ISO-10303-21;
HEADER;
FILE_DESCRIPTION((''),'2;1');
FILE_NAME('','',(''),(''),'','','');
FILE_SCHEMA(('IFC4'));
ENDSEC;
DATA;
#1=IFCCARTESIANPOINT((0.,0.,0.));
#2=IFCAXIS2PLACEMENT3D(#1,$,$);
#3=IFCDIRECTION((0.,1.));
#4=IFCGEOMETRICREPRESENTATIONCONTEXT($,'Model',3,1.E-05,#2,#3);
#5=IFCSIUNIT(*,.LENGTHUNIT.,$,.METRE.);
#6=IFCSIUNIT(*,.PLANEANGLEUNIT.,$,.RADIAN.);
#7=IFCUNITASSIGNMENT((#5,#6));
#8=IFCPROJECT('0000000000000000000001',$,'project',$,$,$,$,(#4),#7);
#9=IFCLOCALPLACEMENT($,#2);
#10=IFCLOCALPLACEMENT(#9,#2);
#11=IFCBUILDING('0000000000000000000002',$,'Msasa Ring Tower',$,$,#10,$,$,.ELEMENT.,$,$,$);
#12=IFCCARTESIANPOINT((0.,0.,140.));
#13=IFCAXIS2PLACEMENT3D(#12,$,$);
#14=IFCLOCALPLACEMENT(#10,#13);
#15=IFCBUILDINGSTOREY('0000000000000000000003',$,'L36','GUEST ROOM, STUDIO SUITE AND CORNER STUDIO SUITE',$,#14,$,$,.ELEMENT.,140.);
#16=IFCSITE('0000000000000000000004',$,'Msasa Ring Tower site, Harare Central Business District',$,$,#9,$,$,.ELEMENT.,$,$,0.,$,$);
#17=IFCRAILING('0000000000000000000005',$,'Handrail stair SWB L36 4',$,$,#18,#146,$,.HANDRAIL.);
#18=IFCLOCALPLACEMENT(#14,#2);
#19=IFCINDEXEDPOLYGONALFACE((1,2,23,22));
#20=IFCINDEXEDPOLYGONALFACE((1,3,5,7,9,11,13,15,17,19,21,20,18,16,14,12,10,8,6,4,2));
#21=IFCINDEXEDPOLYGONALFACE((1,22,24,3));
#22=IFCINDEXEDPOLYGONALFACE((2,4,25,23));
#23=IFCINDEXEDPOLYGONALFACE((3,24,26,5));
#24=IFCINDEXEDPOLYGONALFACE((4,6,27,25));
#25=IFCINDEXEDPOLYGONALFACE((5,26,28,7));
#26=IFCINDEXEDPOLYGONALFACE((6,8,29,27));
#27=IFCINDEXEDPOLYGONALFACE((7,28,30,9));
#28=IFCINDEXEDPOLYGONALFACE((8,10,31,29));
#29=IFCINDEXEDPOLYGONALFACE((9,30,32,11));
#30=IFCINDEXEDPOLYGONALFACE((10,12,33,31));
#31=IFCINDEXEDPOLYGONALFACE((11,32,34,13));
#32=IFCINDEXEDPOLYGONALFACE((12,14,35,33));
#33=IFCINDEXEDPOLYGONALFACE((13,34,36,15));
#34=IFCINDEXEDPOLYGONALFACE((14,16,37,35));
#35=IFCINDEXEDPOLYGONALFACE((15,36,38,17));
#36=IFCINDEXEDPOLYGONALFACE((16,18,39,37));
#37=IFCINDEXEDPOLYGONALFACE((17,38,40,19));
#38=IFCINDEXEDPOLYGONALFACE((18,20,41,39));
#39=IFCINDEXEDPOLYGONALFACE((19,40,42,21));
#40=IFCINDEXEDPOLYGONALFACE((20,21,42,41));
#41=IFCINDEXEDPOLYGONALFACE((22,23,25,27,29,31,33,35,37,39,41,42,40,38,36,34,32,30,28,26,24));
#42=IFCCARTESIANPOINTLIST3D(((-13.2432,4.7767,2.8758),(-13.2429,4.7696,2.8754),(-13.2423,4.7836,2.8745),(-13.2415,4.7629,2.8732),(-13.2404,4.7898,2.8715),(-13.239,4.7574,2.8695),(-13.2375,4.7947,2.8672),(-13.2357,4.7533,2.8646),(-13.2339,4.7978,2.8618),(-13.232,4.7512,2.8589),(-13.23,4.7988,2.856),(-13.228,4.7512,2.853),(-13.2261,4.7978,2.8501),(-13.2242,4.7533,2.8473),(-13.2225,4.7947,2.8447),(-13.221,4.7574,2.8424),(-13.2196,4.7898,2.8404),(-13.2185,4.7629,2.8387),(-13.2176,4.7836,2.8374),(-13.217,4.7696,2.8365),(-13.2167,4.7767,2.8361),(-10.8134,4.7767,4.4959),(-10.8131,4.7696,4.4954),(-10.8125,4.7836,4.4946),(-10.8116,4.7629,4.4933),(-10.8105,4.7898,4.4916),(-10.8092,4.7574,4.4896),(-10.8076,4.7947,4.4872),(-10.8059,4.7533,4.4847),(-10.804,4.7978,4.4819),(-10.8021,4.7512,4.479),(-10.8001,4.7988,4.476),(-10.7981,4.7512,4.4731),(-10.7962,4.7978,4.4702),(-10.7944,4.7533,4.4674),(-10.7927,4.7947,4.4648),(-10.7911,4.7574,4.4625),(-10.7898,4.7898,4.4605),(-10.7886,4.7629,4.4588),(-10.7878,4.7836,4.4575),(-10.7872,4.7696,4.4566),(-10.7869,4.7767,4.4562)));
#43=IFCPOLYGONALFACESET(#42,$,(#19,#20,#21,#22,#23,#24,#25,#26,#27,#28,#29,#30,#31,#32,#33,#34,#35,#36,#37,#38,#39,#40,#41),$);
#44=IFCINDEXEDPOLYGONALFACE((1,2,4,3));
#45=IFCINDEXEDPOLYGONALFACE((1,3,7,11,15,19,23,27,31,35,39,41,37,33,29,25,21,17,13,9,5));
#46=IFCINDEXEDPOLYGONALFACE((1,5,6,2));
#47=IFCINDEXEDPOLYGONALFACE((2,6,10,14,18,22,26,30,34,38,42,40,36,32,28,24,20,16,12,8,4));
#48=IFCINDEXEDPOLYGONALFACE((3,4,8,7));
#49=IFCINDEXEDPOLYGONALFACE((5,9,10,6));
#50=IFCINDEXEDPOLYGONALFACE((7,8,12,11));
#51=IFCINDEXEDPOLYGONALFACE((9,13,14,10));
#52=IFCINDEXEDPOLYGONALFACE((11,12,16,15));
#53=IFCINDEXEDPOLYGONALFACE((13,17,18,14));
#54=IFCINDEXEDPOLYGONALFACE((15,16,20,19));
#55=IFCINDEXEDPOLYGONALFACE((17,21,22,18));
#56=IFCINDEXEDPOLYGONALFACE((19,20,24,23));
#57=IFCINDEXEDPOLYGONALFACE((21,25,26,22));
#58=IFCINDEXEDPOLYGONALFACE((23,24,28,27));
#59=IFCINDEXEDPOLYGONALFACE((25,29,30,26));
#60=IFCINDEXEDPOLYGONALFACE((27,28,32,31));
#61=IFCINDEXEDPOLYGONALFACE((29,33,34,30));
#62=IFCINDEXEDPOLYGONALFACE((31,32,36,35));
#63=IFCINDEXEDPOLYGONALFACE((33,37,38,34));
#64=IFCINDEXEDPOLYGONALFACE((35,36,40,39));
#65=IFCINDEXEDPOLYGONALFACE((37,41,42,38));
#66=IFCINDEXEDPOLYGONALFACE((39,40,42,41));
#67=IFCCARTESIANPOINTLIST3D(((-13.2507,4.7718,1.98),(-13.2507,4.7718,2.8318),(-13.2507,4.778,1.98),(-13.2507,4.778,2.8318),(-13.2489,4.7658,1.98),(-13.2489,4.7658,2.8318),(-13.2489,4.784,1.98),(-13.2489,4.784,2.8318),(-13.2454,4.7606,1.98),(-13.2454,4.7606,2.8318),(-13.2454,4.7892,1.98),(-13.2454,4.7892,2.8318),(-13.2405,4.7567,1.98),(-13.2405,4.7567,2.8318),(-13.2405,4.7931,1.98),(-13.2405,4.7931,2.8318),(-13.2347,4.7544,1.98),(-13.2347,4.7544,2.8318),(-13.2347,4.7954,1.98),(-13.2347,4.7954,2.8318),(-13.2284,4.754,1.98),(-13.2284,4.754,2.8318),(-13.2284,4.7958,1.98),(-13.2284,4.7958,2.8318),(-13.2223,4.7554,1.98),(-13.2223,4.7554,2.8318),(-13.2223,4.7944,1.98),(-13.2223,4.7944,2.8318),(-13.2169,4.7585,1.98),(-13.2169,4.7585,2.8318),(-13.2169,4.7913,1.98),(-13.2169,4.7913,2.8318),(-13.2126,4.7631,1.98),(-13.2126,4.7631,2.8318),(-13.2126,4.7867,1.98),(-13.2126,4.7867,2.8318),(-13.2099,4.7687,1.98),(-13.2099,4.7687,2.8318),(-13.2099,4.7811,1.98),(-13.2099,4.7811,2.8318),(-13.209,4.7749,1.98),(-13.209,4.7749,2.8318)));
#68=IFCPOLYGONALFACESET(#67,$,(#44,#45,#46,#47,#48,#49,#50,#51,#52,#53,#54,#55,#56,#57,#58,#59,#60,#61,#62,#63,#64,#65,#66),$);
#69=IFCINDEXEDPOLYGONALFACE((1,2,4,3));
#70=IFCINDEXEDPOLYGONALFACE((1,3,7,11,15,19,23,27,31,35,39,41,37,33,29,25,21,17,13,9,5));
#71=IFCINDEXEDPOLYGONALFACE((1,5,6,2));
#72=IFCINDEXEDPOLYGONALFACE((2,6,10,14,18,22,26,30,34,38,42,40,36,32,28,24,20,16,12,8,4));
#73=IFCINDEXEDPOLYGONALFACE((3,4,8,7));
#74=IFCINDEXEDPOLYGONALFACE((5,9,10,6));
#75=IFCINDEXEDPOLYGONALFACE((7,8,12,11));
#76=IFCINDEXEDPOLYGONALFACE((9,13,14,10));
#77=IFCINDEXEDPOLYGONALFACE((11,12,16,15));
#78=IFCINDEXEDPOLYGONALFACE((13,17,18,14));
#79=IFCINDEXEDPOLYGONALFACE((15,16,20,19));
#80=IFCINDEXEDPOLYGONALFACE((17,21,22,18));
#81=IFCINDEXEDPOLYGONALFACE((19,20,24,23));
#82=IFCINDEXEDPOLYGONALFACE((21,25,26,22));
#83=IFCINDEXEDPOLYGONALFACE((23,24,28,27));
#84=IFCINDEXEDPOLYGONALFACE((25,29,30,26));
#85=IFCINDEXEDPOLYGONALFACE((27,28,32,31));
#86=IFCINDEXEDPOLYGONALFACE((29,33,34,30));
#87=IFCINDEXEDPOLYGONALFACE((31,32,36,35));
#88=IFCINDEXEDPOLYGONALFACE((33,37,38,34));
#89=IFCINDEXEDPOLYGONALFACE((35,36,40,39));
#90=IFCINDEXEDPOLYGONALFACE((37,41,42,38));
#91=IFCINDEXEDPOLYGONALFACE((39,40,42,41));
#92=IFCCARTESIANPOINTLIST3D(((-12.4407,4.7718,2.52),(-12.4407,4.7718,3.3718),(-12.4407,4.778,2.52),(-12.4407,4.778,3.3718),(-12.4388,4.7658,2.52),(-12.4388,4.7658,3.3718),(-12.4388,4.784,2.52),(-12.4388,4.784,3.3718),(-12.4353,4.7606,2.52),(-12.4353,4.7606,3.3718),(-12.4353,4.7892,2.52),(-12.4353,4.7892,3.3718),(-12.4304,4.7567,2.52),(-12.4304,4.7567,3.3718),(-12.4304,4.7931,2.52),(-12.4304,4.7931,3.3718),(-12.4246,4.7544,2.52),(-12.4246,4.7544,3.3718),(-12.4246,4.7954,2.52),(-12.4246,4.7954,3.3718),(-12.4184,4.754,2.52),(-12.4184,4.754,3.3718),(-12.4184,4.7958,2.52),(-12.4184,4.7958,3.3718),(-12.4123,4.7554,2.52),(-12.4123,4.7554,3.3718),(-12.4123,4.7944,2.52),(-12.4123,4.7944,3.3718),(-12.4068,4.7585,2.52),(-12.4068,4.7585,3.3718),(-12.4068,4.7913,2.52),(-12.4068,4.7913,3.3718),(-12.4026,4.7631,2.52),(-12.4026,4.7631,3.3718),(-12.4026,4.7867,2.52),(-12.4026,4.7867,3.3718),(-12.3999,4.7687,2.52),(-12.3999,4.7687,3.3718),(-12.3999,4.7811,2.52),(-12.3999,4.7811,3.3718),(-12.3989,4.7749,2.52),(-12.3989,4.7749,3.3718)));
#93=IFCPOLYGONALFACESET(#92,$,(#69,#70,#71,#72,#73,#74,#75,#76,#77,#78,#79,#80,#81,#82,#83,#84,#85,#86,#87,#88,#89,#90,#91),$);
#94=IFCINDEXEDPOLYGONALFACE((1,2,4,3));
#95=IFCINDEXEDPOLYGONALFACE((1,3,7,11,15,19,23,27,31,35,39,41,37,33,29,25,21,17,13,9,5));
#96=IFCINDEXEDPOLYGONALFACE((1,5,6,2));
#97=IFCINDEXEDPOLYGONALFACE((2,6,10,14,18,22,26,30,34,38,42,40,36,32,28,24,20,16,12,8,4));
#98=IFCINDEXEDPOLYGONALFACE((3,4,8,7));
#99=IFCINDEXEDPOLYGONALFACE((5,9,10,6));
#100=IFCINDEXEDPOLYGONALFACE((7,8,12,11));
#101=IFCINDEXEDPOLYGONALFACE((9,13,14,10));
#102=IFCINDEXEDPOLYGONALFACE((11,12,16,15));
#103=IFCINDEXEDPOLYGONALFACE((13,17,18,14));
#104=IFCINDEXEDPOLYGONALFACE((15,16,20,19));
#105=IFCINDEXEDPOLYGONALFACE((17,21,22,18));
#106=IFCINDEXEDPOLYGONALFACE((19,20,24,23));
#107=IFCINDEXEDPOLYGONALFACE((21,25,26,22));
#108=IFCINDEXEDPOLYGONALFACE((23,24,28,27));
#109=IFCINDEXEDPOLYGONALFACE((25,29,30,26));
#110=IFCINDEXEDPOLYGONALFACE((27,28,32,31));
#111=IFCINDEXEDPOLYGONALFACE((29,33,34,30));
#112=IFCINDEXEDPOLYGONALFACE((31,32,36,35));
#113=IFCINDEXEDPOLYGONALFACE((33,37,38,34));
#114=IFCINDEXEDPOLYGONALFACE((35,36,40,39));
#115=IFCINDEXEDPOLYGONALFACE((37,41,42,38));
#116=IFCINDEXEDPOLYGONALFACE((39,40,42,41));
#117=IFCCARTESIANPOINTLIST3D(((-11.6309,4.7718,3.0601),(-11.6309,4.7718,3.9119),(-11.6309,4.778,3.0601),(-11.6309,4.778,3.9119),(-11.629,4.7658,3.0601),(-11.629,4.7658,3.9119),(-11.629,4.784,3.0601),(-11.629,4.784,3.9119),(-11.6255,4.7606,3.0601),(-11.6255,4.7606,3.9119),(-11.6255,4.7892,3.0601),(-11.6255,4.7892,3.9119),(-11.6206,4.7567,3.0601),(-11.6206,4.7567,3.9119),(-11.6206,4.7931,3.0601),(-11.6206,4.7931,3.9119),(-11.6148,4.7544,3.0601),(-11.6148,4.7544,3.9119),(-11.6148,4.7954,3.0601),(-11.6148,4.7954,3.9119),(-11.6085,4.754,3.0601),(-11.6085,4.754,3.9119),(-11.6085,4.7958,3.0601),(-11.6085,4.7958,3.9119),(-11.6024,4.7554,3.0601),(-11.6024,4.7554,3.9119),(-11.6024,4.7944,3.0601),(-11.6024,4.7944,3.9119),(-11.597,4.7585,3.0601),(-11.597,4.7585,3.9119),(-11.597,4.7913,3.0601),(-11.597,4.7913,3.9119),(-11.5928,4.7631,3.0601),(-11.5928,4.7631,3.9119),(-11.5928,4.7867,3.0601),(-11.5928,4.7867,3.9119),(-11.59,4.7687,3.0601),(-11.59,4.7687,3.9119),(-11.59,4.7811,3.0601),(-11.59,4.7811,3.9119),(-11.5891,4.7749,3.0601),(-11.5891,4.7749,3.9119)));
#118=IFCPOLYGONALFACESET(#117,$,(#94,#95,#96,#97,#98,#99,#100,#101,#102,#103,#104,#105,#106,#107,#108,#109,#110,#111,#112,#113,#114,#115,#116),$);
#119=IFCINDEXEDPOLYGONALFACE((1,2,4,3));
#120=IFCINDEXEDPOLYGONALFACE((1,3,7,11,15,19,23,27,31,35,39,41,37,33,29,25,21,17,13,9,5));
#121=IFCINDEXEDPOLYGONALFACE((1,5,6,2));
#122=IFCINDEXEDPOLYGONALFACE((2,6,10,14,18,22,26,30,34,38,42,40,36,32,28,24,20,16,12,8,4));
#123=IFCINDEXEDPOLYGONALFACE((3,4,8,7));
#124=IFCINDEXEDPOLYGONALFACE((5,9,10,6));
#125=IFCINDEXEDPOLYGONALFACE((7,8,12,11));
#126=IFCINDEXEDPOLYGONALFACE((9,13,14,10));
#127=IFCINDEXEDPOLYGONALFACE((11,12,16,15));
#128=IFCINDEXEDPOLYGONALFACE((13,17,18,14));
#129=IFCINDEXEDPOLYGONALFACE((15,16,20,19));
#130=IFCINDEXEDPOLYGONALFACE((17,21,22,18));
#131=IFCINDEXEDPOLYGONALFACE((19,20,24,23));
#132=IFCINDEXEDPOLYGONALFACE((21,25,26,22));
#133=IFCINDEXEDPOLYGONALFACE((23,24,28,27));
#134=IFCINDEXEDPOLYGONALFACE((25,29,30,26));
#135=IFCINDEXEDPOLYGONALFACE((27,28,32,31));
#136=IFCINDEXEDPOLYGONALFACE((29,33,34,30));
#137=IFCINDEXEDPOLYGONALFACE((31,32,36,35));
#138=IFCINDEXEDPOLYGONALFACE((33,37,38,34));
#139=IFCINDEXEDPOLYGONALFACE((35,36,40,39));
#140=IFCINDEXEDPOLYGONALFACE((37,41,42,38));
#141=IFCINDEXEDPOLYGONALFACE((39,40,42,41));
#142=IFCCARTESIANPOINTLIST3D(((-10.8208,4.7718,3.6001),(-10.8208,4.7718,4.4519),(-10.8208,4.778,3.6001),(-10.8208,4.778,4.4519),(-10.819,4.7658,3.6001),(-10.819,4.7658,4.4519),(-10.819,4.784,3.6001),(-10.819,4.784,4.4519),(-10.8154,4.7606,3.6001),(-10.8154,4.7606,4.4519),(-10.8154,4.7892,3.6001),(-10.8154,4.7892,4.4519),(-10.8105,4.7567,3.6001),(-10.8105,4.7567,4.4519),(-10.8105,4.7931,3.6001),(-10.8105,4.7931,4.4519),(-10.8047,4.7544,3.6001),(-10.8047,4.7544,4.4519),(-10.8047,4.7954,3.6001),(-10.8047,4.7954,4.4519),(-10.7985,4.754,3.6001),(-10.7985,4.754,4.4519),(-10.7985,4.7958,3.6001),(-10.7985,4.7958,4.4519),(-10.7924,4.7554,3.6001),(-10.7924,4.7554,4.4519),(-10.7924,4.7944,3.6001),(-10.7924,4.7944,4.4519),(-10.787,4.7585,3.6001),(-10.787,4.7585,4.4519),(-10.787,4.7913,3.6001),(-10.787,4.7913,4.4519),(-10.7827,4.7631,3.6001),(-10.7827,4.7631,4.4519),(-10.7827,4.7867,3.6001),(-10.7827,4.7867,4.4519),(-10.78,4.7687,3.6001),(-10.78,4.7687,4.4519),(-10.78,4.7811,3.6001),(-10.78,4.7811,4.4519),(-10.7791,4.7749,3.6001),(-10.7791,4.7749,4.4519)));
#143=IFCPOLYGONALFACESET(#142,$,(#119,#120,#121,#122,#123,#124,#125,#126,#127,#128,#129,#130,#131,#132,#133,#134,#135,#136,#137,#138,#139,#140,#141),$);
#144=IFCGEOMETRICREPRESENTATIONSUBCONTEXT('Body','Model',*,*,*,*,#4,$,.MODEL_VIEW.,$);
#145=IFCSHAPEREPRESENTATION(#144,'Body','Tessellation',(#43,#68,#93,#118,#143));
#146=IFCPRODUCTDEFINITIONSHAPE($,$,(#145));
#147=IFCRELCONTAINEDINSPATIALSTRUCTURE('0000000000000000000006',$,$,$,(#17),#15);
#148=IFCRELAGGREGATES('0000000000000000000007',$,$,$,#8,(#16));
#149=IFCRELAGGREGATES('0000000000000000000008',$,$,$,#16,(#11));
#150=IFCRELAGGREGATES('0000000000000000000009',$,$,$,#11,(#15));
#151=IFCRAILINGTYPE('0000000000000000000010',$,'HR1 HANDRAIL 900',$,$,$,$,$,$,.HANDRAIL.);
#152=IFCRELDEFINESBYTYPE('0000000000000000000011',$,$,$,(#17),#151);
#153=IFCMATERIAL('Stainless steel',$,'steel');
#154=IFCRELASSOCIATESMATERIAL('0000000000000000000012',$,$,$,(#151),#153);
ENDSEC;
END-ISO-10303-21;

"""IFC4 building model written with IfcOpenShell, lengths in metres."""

from ifc_helpers import new_model, si_unit, direction, frame, origin, origin_2d, place, context, subcontext, project, spatial, circle, extrude, material, type_object, element, save


model = new_model("IFC4")

# Units and contexts
model_context = context("Model", 3, precision=1e-05, world=origin(), true_north=direction((0.0, 1.0)))
body_context = subcontext(model_context, "Body", "Model", "MODEL_VIEW")
ifc_project = project(units=[si_unit("LENGTHUNIT", "METRE"), si_unit("PLANEANGLEUNIT", "RADIAN")], contexts=[model_context])

# Site, building, storey
site_placement = place(None, origin())
site = spatial("IfcSite", under=ifc_project, at=site_placement, Name="Msasa Ring Tower site, Harare Central Business District", CompositionType="ELEMENT", RefElevation=0.0)
building_placement = place(site_placement, origin())
building = spatial("IfcBuilding", under=site, at=building_placement, Name="Msasa Ring Tower", CompositionType="ELEMENT")
storey_placement = place(building_placement, frame((0.0, 0.0, 140.0)))
storey = spatial("IfcBuildingStorey", under=building, at=storey_placement, Name="L36", Description="GUEST ROOM, STUDIO SUITE AND CORNER STUDIO SUITE", CompositionType="ELEMENT", Elevation=140.0)

# Railing
ifc_material_1 = material(Name="Stainless steel", Category="steel")
railing_type = type_object("IfcRailingType", Name="HR1 HANDRAIL 900", PredefinedType="HANDRAIL", material=ifc_material_1)
railing_placement = place(storey_placement, frame((-13.23, 4.7749, 1.98)))
element("IfcRailing", 1, at=railing_placement, inside=storey, type_object=railing_type, Name="Handrail stair SWB L36 4", PredefinedType="HANDRAIL", context=body_context, shape_type="SweptSolid", body=[
    extrude(circle(Radius=0.0239, at=origin_2d()), frame((0.0, 0.0, 0.876), z_axis=(0.832025, 0.0, 0.554739), x_axis=(0.0, 1.0, 0.0)), (0.0, 0.0, 1.0), 2.9204),
    extrude(circle(Radius=0.021, at=origin_2d()), origin(), (0.0, 0.0, 1.0), 0.8518),
    extrude(circle(Radius=0.021, at=origin_2d()), frame((0.8101, 0.0, 0.54)), (0.0, 0.0, 1.0), 0.8518),
    extrude(circle(Radius=0.021, at=origin_2d()), frame((1.6199, 0.0, 1.0801)), (0.0, 0.0, 1.0), 0.8518),
    extrude(circle(Radius=0.021, at=origin_2d()), frame((2.4299, 0.0, 1.6201)), (0.0, 0.0, 1.0), 0.8518),
])

save(model, "model.ifc")
